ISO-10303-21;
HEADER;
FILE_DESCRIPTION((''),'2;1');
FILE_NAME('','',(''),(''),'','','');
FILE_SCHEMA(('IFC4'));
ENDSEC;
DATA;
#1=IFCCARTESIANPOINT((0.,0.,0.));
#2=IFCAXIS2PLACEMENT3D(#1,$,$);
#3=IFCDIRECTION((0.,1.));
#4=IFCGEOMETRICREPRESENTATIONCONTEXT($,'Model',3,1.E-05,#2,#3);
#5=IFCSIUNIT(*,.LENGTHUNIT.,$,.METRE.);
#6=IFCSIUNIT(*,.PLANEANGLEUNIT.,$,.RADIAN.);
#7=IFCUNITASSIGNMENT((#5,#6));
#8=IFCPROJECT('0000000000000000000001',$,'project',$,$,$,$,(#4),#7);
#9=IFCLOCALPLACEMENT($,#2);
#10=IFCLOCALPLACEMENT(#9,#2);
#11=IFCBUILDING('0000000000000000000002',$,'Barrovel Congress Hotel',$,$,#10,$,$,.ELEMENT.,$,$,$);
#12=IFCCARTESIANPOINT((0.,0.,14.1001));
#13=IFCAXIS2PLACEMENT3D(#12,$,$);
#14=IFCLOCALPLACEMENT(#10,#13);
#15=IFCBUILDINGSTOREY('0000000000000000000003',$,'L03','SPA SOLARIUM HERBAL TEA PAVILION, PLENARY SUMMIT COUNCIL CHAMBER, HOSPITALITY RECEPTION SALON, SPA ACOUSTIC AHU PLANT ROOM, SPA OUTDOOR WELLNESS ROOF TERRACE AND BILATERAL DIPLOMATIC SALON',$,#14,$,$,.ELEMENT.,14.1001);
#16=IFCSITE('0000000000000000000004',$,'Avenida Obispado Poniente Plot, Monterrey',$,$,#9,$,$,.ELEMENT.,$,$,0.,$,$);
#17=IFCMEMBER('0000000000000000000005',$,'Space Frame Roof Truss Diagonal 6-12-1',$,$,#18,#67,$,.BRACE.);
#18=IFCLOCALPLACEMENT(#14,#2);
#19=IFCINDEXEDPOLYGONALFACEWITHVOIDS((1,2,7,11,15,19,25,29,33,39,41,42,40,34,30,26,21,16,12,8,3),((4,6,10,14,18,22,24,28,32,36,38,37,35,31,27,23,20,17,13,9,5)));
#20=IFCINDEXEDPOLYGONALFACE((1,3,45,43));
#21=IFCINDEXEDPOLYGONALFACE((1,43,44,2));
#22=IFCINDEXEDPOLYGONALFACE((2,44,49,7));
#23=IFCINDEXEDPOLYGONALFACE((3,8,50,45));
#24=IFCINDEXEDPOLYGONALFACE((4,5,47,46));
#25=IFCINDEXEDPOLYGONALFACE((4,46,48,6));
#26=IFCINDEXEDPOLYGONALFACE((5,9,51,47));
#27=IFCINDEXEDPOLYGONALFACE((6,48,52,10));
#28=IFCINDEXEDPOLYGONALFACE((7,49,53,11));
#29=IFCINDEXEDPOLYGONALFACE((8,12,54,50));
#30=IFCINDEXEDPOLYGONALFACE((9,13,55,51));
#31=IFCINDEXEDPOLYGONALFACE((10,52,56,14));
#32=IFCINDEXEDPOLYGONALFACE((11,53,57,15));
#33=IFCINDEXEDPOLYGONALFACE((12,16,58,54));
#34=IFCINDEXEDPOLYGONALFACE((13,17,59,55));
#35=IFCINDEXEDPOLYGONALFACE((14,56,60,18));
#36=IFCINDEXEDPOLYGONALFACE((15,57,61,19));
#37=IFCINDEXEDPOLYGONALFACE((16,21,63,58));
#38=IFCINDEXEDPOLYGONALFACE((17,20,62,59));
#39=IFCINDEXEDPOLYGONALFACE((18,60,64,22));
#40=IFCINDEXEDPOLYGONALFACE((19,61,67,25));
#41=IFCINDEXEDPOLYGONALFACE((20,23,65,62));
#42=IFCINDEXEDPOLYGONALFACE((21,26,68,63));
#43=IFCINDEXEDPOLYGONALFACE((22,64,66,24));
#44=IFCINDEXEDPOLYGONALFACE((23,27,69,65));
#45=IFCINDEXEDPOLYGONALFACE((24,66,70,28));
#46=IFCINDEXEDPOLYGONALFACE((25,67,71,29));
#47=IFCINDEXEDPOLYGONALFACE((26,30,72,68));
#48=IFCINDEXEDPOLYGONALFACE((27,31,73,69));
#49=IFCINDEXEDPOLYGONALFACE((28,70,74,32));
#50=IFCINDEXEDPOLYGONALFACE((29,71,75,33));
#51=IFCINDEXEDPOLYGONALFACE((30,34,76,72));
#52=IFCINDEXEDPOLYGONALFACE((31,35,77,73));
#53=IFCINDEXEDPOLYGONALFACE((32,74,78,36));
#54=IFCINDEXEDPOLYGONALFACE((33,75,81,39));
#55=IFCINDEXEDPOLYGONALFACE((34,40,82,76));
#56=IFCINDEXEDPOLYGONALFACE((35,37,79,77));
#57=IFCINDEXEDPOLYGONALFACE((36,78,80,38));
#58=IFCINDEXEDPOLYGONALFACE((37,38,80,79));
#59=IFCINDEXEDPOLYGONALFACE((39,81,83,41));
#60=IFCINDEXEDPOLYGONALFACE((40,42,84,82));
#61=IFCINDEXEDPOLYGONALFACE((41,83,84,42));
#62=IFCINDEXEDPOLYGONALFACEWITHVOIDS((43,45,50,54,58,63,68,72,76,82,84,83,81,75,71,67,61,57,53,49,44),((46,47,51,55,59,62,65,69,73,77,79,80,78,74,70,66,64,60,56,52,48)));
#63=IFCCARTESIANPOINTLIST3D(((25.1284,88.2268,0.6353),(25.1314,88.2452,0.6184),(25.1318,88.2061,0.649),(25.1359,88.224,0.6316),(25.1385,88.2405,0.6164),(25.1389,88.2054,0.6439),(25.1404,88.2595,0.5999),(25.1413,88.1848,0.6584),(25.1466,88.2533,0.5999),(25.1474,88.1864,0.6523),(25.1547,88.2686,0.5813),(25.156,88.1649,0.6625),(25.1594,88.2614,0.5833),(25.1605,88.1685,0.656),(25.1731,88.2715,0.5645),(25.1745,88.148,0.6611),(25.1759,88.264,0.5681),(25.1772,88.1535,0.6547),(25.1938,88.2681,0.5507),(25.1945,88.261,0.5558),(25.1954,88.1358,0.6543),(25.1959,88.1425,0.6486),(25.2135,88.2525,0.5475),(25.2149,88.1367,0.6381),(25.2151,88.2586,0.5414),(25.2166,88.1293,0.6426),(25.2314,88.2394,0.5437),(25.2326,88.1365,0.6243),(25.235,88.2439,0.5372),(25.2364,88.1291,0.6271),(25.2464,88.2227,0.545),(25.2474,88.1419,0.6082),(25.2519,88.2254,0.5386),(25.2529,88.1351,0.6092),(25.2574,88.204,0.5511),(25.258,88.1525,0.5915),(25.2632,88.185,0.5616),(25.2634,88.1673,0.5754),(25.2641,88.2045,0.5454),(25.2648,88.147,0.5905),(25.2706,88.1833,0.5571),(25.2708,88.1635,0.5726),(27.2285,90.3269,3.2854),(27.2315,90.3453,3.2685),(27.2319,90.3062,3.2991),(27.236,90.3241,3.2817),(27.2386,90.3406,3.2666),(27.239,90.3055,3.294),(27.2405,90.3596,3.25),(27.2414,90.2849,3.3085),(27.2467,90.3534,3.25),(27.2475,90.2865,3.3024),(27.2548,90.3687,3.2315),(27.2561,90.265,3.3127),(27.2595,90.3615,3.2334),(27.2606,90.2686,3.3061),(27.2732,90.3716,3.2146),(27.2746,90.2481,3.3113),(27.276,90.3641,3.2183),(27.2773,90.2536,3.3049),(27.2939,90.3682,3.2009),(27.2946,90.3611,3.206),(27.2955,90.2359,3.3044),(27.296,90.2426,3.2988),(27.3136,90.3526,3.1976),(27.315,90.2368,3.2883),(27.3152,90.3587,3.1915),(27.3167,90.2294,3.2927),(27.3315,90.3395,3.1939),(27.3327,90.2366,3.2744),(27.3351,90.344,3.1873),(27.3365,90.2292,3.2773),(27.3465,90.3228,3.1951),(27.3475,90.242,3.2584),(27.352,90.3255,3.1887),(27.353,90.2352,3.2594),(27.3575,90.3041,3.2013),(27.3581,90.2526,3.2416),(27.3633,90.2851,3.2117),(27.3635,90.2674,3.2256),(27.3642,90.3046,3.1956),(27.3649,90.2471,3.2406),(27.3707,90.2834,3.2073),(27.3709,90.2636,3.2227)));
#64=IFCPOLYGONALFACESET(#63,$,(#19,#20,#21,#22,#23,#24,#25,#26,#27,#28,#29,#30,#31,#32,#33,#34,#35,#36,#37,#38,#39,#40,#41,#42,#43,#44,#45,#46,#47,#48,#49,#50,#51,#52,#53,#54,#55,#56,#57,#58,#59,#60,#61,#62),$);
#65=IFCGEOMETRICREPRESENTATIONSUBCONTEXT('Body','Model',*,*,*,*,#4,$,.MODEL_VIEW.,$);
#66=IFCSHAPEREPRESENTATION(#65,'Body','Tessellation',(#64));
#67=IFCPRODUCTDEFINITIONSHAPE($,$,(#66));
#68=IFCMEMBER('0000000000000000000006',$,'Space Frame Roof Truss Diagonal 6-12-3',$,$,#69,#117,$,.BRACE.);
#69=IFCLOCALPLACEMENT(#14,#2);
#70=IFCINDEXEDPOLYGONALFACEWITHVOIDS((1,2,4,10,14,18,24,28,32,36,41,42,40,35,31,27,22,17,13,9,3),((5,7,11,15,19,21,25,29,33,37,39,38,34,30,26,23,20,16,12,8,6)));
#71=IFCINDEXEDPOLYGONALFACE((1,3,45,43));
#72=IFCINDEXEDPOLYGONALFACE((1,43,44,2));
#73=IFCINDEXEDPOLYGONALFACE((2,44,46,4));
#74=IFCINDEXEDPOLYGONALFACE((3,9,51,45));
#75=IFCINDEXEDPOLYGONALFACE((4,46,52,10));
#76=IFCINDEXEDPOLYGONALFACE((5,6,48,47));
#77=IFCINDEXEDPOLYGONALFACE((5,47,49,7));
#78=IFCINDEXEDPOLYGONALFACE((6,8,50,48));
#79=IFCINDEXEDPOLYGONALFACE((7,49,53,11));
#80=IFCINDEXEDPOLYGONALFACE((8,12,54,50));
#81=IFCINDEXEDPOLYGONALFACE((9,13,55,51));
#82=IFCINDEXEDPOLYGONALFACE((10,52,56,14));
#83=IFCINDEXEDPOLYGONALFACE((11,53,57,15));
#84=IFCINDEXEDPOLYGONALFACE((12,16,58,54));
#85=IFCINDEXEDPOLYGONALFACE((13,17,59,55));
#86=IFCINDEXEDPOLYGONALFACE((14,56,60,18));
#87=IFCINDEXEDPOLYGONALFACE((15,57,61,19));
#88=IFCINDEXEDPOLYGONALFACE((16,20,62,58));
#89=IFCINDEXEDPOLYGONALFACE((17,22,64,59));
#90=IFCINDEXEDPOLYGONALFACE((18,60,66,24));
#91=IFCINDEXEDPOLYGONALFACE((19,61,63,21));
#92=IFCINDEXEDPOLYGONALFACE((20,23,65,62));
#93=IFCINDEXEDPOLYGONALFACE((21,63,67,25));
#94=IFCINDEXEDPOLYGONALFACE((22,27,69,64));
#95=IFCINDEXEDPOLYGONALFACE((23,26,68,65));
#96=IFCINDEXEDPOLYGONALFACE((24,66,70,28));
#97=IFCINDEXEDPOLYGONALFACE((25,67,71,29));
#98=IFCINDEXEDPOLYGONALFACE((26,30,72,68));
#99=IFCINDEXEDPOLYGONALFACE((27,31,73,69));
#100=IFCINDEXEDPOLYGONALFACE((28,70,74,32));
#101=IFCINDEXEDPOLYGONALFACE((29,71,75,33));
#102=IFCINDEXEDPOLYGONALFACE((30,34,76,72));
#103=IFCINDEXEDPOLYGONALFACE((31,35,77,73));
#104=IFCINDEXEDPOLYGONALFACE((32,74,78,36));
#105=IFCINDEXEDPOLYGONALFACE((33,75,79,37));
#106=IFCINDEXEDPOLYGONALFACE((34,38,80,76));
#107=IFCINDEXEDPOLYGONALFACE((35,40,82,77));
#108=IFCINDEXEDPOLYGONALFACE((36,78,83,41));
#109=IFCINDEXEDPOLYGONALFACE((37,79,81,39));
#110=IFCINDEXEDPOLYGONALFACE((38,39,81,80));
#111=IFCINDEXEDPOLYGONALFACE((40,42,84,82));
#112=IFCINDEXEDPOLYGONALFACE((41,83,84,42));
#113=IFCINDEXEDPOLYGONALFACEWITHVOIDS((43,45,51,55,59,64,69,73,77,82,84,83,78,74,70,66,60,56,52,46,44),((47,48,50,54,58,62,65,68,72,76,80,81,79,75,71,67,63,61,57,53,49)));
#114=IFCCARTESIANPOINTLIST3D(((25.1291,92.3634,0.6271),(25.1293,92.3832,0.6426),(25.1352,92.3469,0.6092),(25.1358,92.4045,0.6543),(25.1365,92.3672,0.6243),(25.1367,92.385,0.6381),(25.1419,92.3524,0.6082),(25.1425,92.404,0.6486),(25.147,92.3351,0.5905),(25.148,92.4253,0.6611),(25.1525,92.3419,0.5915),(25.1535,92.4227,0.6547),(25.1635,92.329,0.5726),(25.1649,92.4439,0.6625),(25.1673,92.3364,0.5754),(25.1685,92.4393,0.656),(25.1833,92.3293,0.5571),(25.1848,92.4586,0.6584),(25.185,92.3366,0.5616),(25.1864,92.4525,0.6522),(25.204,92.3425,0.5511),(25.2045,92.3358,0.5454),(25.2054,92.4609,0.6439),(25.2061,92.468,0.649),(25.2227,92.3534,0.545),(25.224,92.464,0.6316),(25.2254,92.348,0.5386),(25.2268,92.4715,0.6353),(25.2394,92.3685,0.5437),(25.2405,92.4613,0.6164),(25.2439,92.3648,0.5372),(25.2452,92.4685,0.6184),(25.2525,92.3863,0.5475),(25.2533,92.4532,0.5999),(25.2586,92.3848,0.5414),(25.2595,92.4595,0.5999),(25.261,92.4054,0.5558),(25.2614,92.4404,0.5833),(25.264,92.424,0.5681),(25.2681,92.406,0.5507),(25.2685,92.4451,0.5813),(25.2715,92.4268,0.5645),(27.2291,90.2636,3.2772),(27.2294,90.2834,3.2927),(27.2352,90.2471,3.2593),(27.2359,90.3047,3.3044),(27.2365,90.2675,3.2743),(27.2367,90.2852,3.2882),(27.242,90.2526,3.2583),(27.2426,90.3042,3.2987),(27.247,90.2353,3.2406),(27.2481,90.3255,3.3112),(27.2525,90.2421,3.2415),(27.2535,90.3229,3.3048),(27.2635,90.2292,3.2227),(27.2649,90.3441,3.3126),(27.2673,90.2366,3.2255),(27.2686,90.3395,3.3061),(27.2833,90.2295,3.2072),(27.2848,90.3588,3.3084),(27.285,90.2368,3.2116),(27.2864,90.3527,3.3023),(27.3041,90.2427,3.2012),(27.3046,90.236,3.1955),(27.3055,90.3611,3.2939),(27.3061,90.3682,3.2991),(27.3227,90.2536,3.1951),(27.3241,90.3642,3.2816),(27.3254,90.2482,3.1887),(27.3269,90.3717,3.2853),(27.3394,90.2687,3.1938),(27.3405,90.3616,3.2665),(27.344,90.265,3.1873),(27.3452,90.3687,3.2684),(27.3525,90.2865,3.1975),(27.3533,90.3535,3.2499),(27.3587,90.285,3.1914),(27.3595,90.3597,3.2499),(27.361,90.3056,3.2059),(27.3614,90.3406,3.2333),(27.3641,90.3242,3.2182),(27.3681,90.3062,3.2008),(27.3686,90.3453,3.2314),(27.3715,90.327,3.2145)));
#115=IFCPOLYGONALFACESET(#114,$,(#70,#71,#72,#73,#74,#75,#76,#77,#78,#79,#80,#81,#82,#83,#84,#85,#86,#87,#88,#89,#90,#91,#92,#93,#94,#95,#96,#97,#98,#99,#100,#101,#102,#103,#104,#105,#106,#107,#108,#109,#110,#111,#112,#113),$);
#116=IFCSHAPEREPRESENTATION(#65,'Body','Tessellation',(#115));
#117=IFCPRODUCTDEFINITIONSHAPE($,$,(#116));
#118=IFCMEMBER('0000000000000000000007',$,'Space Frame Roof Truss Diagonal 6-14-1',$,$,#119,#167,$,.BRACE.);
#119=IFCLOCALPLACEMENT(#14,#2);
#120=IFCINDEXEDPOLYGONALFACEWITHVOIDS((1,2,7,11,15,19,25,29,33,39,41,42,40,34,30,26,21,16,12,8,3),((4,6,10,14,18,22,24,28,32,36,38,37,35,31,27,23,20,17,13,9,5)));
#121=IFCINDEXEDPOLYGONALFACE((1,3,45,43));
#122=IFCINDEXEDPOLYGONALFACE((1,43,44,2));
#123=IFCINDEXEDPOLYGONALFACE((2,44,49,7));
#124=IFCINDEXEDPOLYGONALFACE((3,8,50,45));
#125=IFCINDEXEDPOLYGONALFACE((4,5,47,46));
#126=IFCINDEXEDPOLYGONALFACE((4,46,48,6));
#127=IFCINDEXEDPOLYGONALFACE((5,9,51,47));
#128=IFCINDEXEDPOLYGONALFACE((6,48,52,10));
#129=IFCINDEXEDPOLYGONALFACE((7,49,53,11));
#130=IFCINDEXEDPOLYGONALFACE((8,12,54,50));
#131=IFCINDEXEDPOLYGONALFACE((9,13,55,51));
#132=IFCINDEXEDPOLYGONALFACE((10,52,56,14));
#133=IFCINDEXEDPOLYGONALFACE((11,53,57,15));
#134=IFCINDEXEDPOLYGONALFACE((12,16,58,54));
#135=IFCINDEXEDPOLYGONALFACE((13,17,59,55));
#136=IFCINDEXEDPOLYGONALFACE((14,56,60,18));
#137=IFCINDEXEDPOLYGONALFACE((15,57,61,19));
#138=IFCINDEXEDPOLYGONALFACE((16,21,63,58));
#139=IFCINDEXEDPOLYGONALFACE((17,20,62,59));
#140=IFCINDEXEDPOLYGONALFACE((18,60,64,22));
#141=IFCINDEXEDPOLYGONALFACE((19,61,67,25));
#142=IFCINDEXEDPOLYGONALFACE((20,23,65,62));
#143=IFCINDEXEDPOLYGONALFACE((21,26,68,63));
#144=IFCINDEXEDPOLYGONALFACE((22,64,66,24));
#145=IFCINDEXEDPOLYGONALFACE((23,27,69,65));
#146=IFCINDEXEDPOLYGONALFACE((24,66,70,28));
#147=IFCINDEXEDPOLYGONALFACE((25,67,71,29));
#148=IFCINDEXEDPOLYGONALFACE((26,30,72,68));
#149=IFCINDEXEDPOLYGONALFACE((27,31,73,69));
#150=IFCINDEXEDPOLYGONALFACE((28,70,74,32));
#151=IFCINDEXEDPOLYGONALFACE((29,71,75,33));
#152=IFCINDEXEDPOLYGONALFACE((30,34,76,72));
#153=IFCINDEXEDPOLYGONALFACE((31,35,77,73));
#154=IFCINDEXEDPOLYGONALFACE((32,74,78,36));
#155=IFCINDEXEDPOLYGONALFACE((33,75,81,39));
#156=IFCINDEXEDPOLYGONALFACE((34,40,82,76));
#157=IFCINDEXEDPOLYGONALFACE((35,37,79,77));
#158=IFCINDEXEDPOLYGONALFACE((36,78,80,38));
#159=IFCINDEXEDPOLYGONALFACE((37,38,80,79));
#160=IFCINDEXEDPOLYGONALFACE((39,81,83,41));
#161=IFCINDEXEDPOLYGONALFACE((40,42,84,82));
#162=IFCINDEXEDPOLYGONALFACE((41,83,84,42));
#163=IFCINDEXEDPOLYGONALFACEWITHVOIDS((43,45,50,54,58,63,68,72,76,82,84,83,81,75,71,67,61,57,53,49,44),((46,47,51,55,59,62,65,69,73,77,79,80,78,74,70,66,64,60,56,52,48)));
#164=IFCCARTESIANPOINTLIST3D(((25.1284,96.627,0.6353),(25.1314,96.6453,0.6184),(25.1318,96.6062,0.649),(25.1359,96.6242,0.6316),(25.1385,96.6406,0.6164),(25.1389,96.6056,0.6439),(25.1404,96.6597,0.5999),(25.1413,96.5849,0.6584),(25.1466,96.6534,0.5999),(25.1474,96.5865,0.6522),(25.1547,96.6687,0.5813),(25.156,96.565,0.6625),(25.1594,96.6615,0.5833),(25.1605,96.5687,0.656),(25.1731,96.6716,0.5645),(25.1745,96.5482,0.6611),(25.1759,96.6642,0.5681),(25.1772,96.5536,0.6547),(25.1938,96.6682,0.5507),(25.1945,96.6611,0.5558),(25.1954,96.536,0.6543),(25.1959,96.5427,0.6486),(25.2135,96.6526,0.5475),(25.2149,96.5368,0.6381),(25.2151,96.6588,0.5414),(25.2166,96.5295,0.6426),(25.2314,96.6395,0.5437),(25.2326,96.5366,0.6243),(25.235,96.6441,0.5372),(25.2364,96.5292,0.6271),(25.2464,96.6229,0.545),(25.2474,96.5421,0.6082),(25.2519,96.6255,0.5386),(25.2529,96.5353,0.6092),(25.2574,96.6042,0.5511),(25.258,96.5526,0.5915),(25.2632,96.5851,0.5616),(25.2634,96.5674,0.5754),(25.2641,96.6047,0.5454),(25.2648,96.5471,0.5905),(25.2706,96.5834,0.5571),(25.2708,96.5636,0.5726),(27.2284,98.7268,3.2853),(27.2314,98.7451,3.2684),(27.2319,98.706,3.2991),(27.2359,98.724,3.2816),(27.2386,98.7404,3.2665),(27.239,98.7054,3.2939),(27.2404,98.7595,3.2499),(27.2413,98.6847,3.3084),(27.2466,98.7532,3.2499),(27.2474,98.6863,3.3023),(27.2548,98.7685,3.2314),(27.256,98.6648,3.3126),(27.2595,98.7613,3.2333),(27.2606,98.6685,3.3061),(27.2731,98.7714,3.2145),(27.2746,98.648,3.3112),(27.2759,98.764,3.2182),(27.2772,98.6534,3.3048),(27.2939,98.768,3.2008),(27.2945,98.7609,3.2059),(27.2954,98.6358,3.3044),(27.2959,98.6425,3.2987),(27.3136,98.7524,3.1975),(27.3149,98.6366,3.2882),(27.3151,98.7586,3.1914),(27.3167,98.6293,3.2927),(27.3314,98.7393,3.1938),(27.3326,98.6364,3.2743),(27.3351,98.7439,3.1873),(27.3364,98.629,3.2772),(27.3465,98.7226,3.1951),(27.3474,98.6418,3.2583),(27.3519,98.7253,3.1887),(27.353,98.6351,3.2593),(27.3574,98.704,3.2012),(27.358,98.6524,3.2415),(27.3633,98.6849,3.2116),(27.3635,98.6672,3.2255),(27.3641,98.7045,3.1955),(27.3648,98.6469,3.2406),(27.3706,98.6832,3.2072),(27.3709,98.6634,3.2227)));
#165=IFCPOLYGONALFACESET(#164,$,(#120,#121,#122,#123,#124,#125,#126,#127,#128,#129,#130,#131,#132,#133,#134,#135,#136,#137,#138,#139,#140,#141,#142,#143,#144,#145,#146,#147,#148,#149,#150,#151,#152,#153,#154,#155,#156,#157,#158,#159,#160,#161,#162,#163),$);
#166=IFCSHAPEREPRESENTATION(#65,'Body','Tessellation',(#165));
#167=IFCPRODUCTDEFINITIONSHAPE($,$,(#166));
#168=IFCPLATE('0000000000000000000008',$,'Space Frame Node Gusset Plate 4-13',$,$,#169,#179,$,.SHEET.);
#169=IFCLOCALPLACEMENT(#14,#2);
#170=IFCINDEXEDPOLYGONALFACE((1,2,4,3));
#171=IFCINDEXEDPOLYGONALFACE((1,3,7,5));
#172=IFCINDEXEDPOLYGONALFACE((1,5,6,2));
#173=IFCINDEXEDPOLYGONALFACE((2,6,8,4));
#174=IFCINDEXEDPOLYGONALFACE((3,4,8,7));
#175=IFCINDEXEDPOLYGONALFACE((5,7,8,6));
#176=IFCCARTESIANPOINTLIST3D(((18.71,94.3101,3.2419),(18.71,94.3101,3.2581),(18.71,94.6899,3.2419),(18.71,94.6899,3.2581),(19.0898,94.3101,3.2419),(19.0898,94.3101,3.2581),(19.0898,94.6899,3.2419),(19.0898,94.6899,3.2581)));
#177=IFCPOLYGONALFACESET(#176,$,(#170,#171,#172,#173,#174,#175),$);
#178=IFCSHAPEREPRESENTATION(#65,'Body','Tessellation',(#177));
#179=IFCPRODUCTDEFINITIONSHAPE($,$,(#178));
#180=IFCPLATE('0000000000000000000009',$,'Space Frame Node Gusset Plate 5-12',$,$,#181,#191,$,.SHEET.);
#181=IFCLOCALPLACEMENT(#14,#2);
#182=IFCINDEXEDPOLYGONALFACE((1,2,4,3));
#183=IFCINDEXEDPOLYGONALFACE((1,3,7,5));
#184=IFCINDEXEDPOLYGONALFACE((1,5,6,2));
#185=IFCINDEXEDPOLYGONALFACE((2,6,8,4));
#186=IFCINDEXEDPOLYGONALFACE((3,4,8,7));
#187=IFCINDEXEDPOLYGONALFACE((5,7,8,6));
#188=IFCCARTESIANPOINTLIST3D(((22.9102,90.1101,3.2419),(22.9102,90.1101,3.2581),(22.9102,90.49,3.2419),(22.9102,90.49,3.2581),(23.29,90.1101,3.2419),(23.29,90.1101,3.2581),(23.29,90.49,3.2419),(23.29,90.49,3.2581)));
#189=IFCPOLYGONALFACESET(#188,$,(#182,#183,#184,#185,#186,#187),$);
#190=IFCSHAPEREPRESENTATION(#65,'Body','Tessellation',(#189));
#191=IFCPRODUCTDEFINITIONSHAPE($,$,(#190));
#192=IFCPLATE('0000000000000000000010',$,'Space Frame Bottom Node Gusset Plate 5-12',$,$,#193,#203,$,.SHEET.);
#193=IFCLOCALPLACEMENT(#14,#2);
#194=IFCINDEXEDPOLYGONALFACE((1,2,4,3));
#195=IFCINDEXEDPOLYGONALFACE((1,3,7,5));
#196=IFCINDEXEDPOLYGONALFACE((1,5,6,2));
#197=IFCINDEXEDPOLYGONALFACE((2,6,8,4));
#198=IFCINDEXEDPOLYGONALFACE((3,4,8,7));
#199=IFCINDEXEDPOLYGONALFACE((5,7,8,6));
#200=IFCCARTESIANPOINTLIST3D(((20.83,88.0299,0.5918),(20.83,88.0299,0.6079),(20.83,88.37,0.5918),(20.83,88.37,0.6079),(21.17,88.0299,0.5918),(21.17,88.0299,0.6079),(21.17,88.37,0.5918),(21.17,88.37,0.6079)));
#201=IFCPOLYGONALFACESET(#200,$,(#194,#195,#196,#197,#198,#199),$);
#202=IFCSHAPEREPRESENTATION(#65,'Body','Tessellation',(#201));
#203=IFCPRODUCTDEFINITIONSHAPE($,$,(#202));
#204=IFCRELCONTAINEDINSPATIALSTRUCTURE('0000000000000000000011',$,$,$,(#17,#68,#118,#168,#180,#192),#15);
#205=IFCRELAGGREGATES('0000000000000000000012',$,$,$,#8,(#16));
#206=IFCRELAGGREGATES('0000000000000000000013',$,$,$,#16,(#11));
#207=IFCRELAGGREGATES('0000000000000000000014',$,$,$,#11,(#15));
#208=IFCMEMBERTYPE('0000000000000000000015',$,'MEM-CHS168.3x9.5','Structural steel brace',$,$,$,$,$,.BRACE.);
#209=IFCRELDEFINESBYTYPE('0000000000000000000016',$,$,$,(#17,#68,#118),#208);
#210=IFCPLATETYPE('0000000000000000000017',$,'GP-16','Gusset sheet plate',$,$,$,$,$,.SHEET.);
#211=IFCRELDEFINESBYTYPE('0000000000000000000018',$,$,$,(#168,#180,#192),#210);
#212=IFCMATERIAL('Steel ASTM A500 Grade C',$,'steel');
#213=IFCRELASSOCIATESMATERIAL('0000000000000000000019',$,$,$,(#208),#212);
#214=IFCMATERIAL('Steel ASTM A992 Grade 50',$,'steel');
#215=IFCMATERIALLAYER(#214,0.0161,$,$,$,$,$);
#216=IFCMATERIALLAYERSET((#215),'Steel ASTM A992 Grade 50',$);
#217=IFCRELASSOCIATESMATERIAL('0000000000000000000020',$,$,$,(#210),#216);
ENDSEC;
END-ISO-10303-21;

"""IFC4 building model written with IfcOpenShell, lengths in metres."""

from ifc_helpers import new_model, si_unit, direction, frame, origin, origin_2d, place, context, subcontext, project, spatial, rectangle, hollow_circle, extrude, material, layer, layer_set, material_profile, profile_set, type_object, element, save


model = new_model("IFC4")

# Units and contexts
model_context = context("Model", 3, precision=1e-05, world=origin(), true_north=direction((0.0, 1.0)))
body_context = subcontext(model_context, "Body", "Model", "MODEL_VIEW")
ifc_project = project(units=[si_unit("LENGTHUNIT", "METRE"), si_unit("PLANEANGLEUNIT", "RADIAN")], contexts=[model_context])

# Site, building, storey
site_placement = place(None, origin())
site = spatial("IfcSite", under=ifc_project, at=site_placement, Name="Avenida Obispado Poniente Plot, Monterrey", CompositionType="ELEMENT", RefElevation=0.0)
building_placement = place(site_placement, origin())
building = spatial("IfcBuilding", under=site, at=building_placement, Name="Barrovel Congress Hotel", CompositionType="ELEMENT")
storey_placement = place(building_placement, frame((0.0, 0.0, 14.1001)))
storey = spatial("IfcBuildingStorey", under=building, at=storey_placement, Name="L03", Description="SPA SOLARIUM HERBAL TEA PAVILION, PLENARY SUMMIT COUNCIL CHAMBER, HOSPITALITY RECEPTION SALON, SPA ACOUSTIC AHU PLANT ROOM, SPA OUTDOOR WELLNESS ROOF TERRACE AND BILATERAL DIPLOMATIC SALON", CompositionType="ELEMENT", Elevation=14.1001)

# Members
ifc_material_1 = material(Name="Steel ASTM A500 Grade C", Category="steel")
ifc_material_profile_1 = material_profile(ifc_material_1, hollow_circle(Radius=0.0842, WallThickness=0.0088, at=origin_2d()), Name="CHS168.3x9.5")
ifc_profile_set_1 = profile_set([ifc_material_profile_1], Name="Steel ASTM A500 Grade C")
member_type_1 = type_object("IfcMemberType", Name="MEM-CHS168.3x9.5", Description="Structural steel brace", PredefinedType="BRACE", material=ifc_profile_set_1)
member_1_placement = place(storey_placement, frame((25.2, 88.2, 0.5999), z_axis=(0.527601, 0.527601, 0.665788), x_axis=(-0.707107, 0.707107, 0.0)))
element("IfcMember", 1, at=member_1_placement, inside=storey, type_object=member_type_1, Name="Space Frame Roof Truss Diagonal 6-12-1", PredefinedType="BRACE", context=body_context, shape_type="SweptSolid", body=[
    extrude(hollow_circle(Radius=0.0842, WallThickness=0.0088, at=origin_2d()), origin(), (0.0, 0.0, 1.0), 3.9805),
])
for number, where, z_axis, x_axis, name in (
    (2, (25.2, 92.3999, 0.5999), (0.527618, -0.527557, 0.66581), (0.707066, 0.707148, 0.0), "Space Frame Roof Truss Diagonal 6-12-3"),
    (3, (25.2, 96.6001, 0.5999), (0.527618, 0.527557, 0.66581), (-0.707066, 0.707148, 0.0), "Space Frame Roof Truss Diagonal 6-14-1"),
):
    element("IfcMember", number, at=place(storey_placement, frame(where, z_axis=z_axis, x_axis=x_axis)), inside=storey, type_object=member_type_1, Name=name, PredefinedType="BRACE", context=body_context, shape_type="SweptSolid", body=[
        extrude(hollow_circle(Radius=0.0842, WallThickness=0.0088, at=origin_2d()), origin(), (0.0, 0.0, 1.0), 3.9802),
    ])

# Plates
ifc_material_2 = material(Name="Steel ASTM A992 Grade 50", Category="steel")
ifc_layer_1 = layer(ifc_material_2, 0.0161)
ifc_layer_set_1 = layer_set([ifc_layer_1], Name="Steel ASTM A992 Grade 50")
plate_type_1 = type_object("IfcPlateType", Name="GP-16", Description="Gusset sheet plate", PredefinedType="SHEET", material=ifc_layer_set_1)
for number, where, z_axis, x_axis, name in (
    (4, (18.8999, 94.5, 3.2419), (0.0, 0.0, 1.0), (1.0, 0.0, 0.0), "Space Frame Node Gusset Plate 4-13"),
    (5, (23.1001, 90.3, 3.2419), (0.0, 0.0, 1.0), (1.0, 0.0, 0.0), "Space Frame Node Gusset Plate 5-12"),
):
    element("IfcPlate", number, at=place(storey_placement, frame(where, z_axis=z_axis, x_axis=x_axis)), inside=storey, type_object=plate_type_1, Name=name, PredefinedType="SHEET", context=body_context, shape_type="SweptSolid", body=[
        extrude(rectangle(XDim=0.3799, YDim=0.3799, at=origin_2d()), origin(), (0.0, 0.0, 1.0), 0.0161),
    ])
for number, where, z_axis, x_axis, name in (
    (6, (21.0, 88.2, 0.5918), (0.0, 0.0, 1.0), (1.0, 0.0, 0.0), "Space Frame Bottom Node Gusset Plate 5-12"),
):
    element("IfcPlate", number, at=place(storey_placement, frame(where, z_axis=z_axis, x_axis=x_axis)), inside=storey, type_object=plate_type_1, Name=name, PredefinedType="SHEET", context=body_context, shape_type="SweptSolid", body=[
        extrude(rectangle(XDim=0.3401, YDim=0.3401, at=origin_2d()), origin(), (0.0, 0.0, 1.0), 0.0161),
    ])

save(model, "model.ifc")
